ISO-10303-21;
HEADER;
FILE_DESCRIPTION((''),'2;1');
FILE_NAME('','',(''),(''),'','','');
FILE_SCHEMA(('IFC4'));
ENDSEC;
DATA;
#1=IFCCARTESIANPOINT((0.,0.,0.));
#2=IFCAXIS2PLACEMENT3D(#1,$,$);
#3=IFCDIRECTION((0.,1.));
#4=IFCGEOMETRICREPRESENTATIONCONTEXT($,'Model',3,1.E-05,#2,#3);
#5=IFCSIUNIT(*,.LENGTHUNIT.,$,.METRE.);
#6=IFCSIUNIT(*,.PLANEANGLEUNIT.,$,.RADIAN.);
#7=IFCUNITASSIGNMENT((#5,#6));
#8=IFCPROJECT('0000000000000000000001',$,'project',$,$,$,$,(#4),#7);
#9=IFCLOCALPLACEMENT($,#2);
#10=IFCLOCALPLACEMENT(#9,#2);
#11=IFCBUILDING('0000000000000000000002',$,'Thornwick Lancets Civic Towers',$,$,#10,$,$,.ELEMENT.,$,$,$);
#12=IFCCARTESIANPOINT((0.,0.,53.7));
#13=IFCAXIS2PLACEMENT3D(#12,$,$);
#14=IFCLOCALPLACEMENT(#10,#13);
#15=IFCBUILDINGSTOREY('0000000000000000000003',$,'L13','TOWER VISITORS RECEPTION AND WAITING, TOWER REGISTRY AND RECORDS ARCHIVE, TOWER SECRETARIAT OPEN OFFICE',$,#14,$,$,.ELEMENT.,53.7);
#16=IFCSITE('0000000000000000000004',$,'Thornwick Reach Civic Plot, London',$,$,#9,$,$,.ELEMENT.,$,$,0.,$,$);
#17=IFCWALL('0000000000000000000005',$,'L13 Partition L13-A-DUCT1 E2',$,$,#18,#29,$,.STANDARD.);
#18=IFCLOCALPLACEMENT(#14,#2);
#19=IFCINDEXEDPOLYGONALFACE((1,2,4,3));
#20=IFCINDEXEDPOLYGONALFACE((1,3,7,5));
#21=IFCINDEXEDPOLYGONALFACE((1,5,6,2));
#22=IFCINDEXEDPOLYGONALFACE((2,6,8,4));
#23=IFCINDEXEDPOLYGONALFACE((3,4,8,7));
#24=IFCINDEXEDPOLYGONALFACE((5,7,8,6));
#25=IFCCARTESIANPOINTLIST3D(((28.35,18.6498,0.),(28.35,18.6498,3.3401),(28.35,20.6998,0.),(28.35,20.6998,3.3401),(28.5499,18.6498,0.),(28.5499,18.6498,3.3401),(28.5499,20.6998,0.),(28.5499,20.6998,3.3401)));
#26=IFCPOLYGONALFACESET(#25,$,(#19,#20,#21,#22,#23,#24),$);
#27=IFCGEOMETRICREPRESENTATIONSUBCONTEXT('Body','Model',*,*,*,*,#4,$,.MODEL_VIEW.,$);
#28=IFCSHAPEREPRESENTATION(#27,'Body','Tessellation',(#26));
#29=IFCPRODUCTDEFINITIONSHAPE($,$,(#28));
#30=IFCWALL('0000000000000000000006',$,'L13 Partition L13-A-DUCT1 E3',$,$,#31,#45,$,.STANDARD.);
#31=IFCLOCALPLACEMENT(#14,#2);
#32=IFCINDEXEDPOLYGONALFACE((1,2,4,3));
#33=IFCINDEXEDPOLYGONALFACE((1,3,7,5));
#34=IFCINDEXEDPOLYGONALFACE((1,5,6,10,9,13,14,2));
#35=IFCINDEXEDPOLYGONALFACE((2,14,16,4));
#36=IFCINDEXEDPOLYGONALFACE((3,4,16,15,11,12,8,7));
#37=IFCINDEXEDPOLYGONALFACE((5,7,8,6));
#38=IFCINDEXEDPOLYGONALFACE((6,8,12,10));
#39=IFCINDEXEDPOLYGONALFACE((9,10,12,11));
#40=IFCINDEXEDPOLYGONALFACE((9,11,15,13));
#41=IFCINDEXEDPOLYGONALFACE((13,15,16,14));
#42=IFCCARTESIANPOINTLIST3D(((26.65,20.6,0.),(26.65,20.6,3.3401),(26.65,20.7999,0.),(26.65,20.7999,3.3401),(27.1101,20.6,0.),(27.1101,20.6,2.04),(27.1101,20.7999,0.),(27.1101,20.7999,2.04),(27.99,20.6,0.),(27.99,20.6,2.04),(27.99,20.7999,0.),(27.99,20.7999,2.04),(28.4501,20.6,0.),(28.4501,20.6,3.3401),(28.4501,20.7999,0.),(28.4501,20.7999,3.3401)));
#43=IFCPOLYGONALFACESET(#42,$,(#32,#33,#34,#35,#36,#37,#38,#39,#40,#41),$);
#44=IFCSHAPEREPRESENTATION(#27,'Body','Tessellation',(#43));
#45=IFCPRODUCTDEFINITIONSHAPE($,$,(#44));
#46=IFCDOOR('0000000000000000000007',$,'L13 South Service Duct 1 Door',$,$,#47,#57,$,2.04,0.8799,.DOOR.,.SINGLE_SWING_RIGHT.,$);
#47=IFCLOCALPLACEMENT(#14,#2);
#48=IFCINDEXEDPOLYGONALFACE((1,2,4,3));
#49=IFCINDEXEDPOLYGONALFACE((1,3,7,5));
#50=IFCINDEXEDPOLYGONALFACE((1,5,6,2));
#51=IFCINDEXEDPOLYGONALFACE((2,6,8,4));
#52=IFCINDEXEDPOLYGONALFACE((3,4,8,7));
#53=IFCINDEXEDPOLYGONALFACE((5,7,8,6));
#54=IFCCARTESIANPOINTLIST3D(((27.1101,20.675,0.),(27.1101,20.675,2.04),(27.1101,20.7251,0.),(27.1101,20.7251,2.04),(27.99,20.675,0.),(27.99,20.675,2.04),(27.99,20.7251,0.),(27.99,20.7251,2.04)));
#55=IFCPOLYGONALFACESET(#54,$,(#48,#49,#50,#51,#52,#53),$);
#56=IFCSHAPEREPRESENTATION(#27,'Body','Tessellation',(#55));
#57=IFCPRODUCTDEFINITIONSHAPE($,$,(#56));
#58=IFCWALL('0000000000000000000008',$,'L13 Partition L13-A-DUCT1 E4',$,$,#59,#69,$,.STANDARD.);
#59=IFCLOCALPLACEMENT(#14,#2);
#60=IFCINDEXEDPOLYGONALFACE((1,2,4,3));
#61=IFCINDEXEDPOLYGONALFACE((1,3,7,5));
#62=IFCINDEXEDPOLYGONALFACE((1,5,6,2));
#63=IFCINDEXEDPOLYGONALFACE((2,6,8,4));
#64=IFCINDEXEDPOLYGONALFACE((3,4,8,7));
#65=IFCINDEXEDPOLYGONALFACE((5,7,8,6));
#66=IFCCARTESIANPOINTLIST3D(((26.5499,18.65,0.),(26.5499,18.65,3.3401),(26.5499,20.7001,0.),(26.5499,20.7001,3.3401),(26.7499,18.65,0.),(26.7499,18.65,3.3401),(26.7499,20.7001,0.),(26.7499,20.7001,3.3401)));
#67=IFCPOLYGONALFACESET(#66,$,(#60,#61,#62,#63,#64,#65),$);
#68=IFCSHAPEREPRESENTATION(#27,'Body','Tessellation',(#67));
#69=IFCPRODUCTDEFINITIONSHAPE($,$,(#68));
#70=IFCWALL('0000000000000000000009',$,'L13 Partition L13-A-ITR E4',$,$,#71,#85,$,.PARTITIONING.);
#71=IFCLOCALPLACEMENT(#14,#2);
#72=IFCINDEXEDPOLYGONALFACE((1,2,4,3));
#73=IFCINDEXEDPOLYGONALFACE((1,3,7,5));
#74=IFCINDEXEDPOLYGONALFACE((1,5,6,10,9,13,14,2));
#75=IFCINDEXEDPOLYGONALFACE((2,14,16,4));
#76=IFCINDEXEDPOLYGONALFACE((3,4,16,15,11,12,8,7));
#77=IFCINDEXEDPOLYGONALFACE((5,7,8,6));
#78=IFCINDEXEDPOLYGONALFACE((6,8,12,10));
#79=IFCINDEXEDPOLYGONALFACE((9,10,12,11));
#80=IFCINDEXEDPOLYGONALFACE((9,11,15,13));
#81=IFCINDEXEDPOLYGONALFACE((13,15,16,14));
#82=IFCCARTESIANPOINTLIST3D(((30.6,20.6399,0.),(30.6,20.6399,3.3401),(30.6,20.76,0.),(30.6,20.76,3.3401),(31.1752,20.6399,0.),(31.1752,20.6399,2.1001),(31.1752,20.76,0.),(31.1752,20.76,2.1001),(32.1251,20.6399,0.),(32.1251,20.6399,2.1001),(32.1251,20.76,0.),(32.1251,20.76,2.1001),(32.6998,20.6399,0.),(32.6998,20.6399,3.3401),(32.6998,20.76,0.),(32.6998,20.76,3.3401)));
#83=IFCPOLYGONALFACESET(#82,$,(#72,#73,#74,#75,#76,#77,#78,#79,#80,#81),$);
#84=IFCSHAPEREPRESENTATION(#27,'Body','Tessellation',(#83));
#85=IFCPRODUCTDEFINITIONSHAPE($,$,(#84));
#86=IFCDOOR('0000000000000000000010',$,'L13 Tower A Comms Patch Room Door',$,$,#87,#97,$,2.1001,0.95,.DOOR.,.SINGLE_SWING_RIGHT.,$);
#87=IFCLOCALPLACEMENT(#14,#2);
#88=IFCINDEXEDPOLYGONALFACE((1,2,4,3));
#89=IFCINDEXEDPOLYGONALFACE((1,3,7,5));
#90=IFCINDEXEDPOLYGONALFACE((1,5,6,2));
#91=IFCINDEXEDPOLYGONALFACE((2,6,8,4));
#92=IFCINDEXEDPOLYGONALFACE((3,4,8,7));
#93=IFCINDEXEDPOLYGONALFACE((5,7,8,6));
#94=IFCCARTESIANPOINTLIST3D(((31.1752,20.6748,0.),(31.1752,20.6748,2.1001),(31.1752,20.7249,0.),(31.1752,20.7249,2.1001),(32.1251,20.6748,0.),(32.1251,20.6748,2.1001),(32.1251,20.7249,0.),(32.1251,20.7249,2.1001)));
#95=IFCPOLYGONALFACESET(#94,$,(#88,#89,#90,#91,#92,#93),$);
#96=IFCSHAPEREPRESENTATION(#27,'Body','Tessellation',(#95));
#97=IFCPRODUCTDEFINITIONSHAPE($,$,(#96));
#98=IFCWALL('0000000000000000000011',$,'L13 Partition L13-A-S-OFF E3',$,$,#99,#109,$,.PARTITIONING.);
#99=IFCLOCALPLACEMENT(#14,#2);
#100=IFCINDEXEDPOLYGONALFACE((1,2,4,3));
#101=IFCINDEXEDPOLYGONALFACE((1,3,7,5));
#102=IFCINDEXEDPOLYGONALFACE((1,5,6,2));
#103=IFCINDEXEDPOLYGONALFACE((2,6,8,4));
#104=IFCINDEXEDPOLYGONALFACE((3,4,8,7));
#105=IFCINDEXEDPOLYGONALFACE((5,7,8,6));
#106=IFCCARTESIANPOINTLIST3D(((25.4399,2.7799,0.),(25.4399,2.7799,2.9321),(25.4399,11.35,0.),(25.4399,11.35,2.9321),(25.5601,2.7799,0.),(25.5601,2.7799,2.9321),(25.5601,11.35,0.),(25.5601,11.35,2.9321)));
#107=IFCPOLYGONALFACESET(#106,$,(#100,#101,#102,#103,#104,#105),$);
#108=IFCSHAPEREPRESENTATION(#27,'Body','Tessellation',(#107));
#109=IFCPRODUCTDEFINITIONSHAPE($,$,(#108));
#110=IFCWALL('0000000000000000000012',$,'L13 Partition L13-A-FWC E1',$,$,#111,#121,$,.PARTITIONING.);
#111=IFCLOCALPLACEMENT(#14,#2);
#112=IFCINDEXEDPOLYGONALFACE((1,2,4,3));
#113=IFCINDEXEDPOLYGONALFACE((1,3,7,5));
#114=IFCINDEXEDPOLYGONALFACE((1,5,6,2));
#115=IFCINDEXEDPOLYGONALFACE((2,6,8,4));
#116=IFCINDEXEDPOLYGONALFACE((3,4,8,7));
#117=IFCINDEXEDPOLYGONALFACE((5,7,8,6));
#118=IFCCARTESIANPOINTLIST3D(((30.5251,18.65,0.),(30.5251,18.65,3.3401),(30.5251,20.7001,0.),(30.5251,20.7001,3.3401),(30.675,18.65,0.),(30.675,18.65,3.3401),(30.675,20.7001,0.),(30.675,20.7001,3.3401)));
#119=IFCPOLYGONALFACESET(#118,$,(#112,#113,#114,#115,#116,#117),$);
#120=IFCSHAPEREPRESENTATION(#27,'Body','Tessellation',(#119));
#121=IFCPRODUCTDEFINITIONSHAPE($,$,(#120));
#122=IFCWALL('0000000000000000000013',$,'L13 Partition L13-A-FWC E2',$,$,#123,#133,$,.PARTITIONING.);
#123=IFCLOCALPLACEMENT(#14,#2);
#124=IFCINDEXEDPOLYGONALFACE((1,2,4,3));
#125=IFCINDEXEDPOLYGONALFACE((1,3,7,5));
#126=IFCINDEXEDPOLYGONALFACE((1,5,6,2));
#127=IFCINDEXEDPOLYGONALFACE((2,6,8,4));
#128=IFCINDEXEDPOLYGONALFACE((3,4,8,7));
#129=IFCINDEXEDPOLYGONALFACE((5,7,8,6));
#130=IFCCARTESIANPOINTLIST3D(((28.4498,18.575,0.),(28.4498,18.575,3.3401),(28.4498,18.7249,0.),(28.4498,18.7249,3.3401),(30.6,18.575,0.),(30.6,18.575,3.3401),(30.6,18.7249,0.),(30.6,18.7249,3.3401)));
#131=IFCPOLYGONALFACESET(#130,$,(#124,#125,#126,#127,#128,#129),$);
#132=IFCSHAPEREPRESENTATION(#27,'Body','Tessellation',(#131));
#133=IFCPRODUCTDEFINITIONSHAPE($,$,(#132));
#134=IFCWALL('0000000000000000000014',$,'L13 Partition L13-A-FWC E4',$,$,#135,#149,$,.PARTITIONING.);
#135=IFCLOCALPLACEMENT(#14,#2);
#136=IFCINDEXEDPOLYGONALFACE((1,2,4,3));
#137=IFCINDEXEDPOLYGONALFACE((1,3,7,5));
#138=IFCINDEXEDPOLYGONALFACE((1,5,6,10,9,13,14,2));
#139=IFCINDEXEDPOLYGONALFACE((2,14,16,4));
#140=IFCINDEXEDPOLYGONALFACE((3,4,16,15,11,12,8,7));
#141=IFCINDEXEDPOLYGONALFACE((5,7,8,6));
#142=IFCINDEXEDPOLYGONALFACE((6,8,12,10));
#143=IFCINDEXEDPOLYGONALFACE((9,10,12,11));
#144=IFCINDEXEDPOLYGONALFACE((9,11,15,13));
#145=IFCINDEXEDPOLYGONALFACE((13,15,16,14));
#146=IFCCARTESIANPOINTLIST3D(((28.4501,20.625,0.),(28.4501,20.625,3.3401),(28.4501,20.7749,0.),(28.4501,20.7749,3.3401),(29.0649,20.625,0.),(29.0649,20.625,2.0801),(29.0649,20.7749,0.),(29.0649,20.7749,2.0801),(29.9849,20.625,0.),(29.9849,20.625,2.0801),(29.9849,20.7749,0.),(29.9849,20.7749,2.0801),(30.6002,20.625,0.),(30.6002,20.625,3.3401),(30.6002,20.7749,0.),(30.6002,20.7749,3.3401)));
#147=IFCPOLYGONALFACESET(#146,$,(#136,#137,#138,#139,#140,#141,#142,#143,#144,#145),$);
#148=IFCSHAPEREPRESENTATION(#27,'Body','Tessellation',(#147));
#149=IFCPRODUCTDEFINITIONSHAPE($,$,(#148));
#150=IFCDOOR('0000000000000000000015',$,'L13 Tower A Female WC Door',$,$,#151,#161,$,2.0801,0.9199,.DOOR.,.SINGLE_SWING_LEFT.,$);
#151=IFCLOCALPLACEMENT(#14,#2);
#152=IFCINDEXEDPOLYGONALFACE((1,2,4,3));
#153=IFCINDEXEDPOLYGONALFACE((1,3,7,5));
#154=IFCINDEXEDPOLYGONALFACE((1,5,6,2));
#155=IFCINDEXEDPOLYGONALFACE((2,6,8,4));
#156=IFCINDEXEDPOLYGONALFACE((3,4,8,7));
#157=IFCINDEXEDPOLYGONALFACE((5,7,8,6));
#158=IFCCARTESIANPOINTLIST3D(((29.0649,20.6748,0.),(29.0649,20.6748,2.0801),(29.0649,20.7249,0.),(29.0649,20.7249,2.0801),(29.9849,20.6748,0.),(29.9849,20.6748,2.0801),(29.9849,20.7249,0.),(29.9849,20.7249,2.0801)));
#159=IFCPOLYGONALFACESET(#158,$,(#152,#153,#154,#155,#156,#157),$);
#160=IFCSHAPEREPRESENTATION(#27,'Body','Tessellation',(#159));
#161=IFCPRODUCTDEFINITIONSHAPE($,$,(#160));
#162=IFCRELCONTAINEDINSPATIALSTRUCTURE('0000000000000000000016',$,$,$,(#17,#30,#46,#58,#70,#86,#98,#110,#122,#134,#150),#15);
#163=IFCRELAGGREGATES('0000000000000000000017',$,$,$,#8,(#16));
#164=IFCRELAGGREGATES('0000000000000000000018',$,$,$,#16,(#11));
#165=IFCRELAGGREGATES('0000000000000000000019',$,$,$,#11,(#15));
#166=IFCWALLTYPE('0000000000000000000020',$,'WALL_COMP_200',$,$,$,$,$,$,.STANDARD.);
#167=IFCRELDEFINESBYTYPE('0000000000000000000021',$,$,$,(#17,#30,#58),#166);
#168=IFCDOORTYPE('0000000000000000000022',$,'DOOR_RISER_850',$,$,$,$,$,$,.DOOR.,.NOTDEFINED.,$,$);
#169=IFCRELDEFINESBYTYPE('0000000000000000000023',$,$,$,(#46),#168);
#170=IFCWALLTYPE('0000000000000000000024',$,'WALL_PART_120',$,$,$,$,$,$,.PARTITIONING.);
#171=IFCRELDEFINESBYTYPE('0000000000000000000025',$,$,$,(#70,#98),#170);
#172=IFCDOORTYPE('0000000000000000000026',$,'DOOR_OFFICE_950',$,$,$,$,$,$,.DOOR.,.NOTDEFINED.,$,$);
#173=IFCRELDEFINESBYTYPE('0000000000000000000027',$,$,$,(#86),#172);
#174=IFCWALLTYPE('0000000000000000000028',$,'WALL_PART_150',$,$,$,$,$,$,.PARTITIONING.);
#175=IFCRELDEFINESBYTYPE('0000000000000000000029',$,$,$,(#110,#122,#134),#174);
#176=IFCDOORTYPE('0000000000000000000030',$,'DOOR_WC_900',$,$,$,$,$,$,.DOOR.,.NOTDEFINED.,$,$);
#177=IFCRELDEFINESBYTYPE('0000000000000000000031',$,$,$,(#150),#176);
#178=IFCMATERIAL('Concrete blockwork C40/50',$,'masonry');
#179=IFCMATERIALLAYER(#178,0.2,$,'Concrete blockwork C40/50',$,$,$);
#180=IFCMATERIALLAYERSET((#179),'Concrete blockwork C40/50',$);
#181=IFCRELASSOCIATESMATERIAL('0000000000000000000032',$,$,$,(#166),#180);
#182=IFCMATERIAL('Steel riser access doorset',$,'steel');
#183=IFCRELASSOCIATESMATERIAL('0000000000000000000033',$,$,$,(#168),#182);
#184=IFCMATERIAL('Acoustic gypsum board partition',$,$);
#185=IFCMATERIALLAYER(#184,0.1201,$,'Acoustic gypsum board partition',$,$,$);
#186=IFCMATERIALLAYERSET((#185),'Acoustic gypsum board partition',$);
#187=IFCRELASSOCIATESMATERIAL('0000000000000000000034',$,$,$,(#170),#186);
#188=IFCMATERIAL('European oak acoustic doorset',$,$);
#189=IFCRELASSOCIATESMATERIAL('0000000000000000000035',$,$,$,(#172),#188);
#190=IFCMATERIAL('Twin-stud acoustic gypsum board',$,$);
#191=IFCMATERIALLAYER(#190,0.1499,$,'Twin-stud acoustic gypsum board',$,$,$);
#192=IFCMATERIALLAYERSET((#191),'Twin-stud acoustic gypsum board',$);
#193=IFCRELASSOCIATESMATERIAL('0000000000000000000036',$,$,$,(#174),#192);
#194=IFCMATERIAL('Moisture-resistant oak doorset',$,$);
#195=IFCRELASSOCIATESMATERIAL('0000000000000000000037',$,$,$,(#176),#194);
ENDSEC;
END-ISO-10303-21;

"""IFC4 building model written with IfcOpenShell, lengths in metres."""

from ifc_helpers import new_model, si_unit, direction, frame, frame_2d, origin, place, context, subcontext, project, spatial, rectangle, extrude, material, layer, layer_set, type_object, element, fill, save


model = new_model("IFC4")

# Units and contexts
model_context = context("Model", 3, precision=1e-05, world=origin(), true_north=direction((0.0, 1.0)))
body_context = subcontext(model_context, "Body", "Model", "MODEL_VIEW")
ifc_project = project(units=[si_unit("LENGTHUNIT", "METRE"), si_unit("PLANEANGLEUNIT", "RADIAN")], contexts=[model_context])

# Site, building, storey
site_placement = place(None, origin())
site = spatial("IfcSite", under=ifc_project, at=site_placement, Name="Thornwick Reach Civic Plot, London", CompositionType="ELEMENT", RefElevation=0.0)
building_placement = place(site_placement, origin())
building = spatial("IfcBuilding", under=site, at=building_placement, Name="Thornwick Lancets Civic Towers", CompositionType="ELEMENT")
storey_placement = place(building_placement, frame((0.0, 0.0, 53.7)))
storey = spatial("IfcBuildingStorey", under=building, at=storey_placement, Name="L13", Description="TOWER VISITORS RECEPTION AND WAITING, TOWER REGISTRY AND RECORDS ARCHIVE, TOWER SECRETARIAT OPEN OFFICE", CompositionType="ELEMENT", Elevation=53.7)

# Shared definitions
ifc_material_1 = material(Name="Concrete blockwork C40/50", Category="masonry")
ifc_layer_1 = layer(ifc_material_1, 0.2, Name="Concrete blockwork C40/50")
ifc_layer_set_1 = layer_set([ifc_layer_1], Name="Concrete blockwork C40/50")
wall_type_1 = type_object("IfcWallType", Name="WALL_COMP_200", PredefinedType="STANDARD", material=ifc_layer_set_1)

# Wall
wall_1_placement = place(storey_placement, frame((28.45, 18.6499, 0.0), z_axis=(0.0, 0.0, 1.0), x_axis=(0.0, 1.0, 0.0)))
element("IfcWall", 1, at=wall_1_placement, inside=storey, type_object=wall_type_1, Name="L13 Partition L13-A-DUCT1 E2", PredefinedType="STANDARD", context=body_context, shape_type="SweptSolid", body=[
    extrude(rectangle(XDim=2.05, YDim=0.2, at=frame_2d((1.0249, 0.0))), origin(), (0.0, 0.0, 1.0), 3.3401),
])

# Wall, opening, door
wall_2_placement = place(storey_placement, frame((28.45, 20.7, 0.0), z_axis=(0.0, 0.0, 1.0), x_axis=(-1.0, 0.0, 0.0)))
wall_2 = element("IfcWall", 2, at=wall_2_placement, inside=storey, type_object=wall_type_1, Name="L13 Partition L13-A-DUCT1 E3", PredefinedType="STANDARD", context=body_context, shape_type="SweptSolid", body=[
    extrude(rectangle(XDim=1.8, YDim=0.2, at=frame_2d((0.8999, 0.0))), origin(), (0.0, 0.0, 1.0), 3.3401),
])
opening_1_placement = place(wall_2_placement, frame((0.46, 0.0, 0.0)))
opening_1 = element("IfcOpeningElement", 3, at=opening_1_placement, cuts=wall_2, PredefinedType="OPENING", context=body_context, shape_type="SweptSolid", body=[
    extrude(rectangle(XDim=0.8799, YDim=2.04, at=frame_2d((0.4399, 1.02))), frame((0.0, 0.1099, 0.0), z_axis=(0.0, -1.0, 0.0), x_axis=(1.0, 0.0, 0.0)), (0.0, 0.0, 1.0), 0.22),
])
ifc_material_2 = material(Name="Steel riser access doorset", Category="steel")
door_type_1 = type_object("IfcDoorType", Name="DOOR_RISER_850", OperationType="NOTDEFINED", PredefinedType="DOOR", material=ifc_material_2)
door_1_placement = place(opening_1_placement, origin())
door_1 = element("IfcDoor", 4, at=door_1_placement, inside=storey, type_object=door_type_1, Name="L13 South Service Duct 1 Door", OperationType="SINGLE_SWING_RIGHT", OverallHeight=2.04, OverallWidth=0.8799, PredefinedType="DOOR", context=body_context, shape_type="SweptSolid", body=[
    extrude(rectangle(XDim=0.8799, YDim=2.04, at=frame_2d((0.4399, 1.02))), frame((0.0, 0.0249, 0.0), z_axis=(0.0, -1.0, 0.0), x_axis=(1.0, 0.0, 0.0)), (0.0, 0.0, 1.0), 0.05),
])
fill(opening_1, door_1)

# Wall
wall_3_placement = place(storey_placement, frame((26.6499, 20.7, 0.0), z_axis=(0.0, 0.0, 1.0), x_axis=(0.0, -1.0, 0.0)))
element("IfcWall", 5, at=wall_3_placement, inside=storey, type_object=wall_type_1, Name="L13 Partition L13-A-DUCT1 E4", PredefinedType="STANDARD", context=body_context, shape_type="SweptSolid", body=[
    extrude(rectangle(XDim=2.05, YDim=0.2, at=frame_2d((1.0249, 0.0))), origin(), (0.0, 0.0, 1.0), 3.3401),
])

# Wall, opening, door
ifc_material_3 = material(Name="Acoustic gypsum board partition")
ifc_layer_2 = layer(ifc_material_3, 0.1201, Name="Acoustic gypsum board partition")
ifc_layer_set_2 = layer_set([ifc_layer_2], Name="Acoustic gypsum board partition")
wall_type_2 = type_object("IfcWallType", Name="WALL_PART_120", PredefinedType="PARTITIONING", material=ifc_layer_set_2)
wall_4_placement = place(storey_placement, frame((30.6001, 20.7, 0.0), z_axis=(0.0, 0.0, 1.0), x_axis=(1.0, 0.0, 0.0)))
wall_4 = element("IfcWall", 6, at=wall_4_placement, inside=storey, type_object=wall_type_2, Name="L13 Partition L13-A-ITR E4", PredefinedType="PARTITIONING", context=body_context, shape_type="SweptSolid", body=[
    extrude(rectangle(XDim=2.0999, YDim=0.1201, at=frame_2d((1.0498, 0.0))), origin(), (0.0, 0.0, 1.0), 3.3401),
])
opening_2_placement = place(wall_4_placement, frame((0.575, 0.0, 0.0)))
opening_2 = element("IfcOpeningElement", 7, at=opening_2_placement, cuts=wall_4, PredefinedType="OPENING", context=body_context, shape_type="SweptSolid", body=[
    extrude(rectangle(XDim=0.95, YDim=2.1001, at=frame_2d((0.4751, 1.05))), frame((0.0, 0.0701, 0.0), z_axis=(0.0, -1.0, 0.0), x_axis=(1.0, 0.0, 0.0)), (0.0, 0.0, 1.0), 0.1401),
])
ifc_material_4 = material(Name="European oak acoustic doorset")
door_type_2 = type_object("IfcDoorType", Name="DOOR_OFFICE_950", OperationType="NOTDEFINED", PredefinedType="DOOR", material=ifc_material_4)
door_2_placement = place(opening_2_placement, origin())
door_2 = element("IfcDoor", 8, at=door_2_placement, inside=storey, type_object=door_type_2, Name="L13 Tower A Comms Patch Room Door", OperationType="SINGLE_SWING_RIGHT", OverallHeight=2.1001, OverallWidth=0.95, PredefinedType="DOOR", context=body_context, shape_type="SweptSolid", body=[
    extrude(rectangle(XDim=0.95, YDim=2.1001, at=frame_2d((0.4751, 1.05))), frame((0.0, 0.0249, 0.0), z_axis=(0.0, -1.0, 0.0), x_axis=(1.0, 0.0, 0.0)), (0.0, 0.0, 1.0), 0.05),
])
fill(opening_2, door_2)

# Walls
wall_5_placement = place(storey_placement, frame((25.5, 11.3501, 0.0), z_axis=(0.0, 0.0, 1.0), x_axis=(0.0, -1.0, 0.0)))
element("IfcWall", 9, at=wall_5_placement, inside=storey, type_object=wall_type_2, Name="L13 Partition L13-A-S-OFF E3", PredefinedType="PARTITIONING", context=body_context, shape_type="SweptSolid", body=[
    extrude(rectangle(XDim=8.5701, YDim=0.1201, at=frame_2d((4.2852, 0.0))), origin(), (0.0, 0.0, 1.0), 2.9321),
])
ifc_material_5 = material(Name="Twin-stud acoustic gypsum board")
ifc_layer_3 = layer(ifc_material_5, 0.1499, Name="Twin-stud acoustic gypsum board")
ifc_layer_set_3 = layer_set([ifc_layer_3], Name="Twin-stud acoustic gypsum board")
wall_type_3 = type_object("IfcWallType", Name="WALL_PART_150", PredefinedType="PARTITIONING", material=ifc_layer_set_3)
wall_6_placement = place(storey_placement, frame((30.6001, 20.7, 0.0), z_axis=(0.0, 0.0, 1.0), x_axis=(0.0, -1.0, 0.0)))
element("IfcWall", 10, at=wall_6_placement, inside=storey, type_object=wall_type_3, Name="L13 Partition L13-A-FWC E1", PredefinedType="PARTITIONING", context=body_context, shape_type="SweptSolid", body=[
    extrude(rectangle(XDim=2.05, YDim=0.1499, at=frame_2d((1.0249, 0.0))), origin(), (0.0, 0.0, 1.0), 3.3401),
])
wall_7_placement = place(storey_placement, frame((30.6001, 18.6499, 0.0), z_axis=(0.0, 0.0, 1.0), x_axis=(-1.0, 0.0, 0.0)))
element("IfcWall", 11, at=wall_7_placement, inside=storey, type_object=wall_type_3, Name="L13 Partition L13-A-FWC E2", PredefinedType="PARTITIONING", context=body_context, shape_type="SweptSolid", body=[
    extrude(rectangle(XDim=2.1501, YDim=0.1499, at=frame_2d((1.0752, 0.0))), origin(), (0.0, 0.0, 1.0), 3.3401),
])

# Wall, opening, door
wall_8_placement = place(storey_placement, frame((28.45, 20.7, 0.0), z_axis=(0.0, 0.0, 1.0), x_axis=(1.0, 0.0, 0.0)))
wall_8 = element("IfcWall", 12, at=wall_8_placement, inside=storey, type_object=wall_type_3, Name="L13 Partition L13-A-FWC E4", PredefinedType="PARTITIONING", context=body_context, shape_type="SweptSolid", body=[
    extrude(rectangle(XDim=2.1501, YDim=0.1499, at=frame_2d((1.0752, 0.0))), origin(), (0.0, 0.0, 1.0), 3.3401),
])
opening_3_placement = place(wall_8_placement, frame((0.615, 0.0, 0.0)))
opening_3 = element("IfcOpeningElement", 13, at=opening_3_placement, cuts=wall_8, PredefinedType="OPENING", context=body_context, shape_type="SweptSolid", body=[
    extrude(rectangle(XDim=0.9199, YDim=2.0801, at=frame_2d((0.46, 1.04))), frame((0.0, 0.085, 0.0), z_axis=(0.0, -1.0, 0.0), x_axis=(1.0, 0.0, 0.0)), (0.0, 0.0, 1.0), 0.1699),
])
ifc_material_6 = material(Name="Moisture-resistant oak doorset")
door_type_3 = type_object("IfcDoorType", Name="DOOR_WC_900", OperationType="NOTDEFINED", PredefinedType="DOOR", material=ifc_material_6)
door_3_placement = place(opening_3_placement, origin())
door_3 = element("IfcDoor", 14, at=door_3_placement, inside=storey, type_object=door_type_3, Name="L13 Tower A Female WC Door", OperationType="SINGLE_SWING_LEFT", OverallHeight=2.0801, OverallWidth=0.9199, PredefinedType="DOOR", context=body_context, shape_type="SweptSolid", body=[
    extrude(rectangle(XDim=0.9199, YDim=2.0801, at=frame_2d((0.46, 1.04))), frame((0.0, 0.0249, 0.0), z_axis=(0.0, -1.0, 0.0), x_axis=(1.0, 0.0, 0.0)), (0.0, 0.0, 1.0), 0.05),
])
fill(opening_3, door_3)

save(model, "model.ifc")
